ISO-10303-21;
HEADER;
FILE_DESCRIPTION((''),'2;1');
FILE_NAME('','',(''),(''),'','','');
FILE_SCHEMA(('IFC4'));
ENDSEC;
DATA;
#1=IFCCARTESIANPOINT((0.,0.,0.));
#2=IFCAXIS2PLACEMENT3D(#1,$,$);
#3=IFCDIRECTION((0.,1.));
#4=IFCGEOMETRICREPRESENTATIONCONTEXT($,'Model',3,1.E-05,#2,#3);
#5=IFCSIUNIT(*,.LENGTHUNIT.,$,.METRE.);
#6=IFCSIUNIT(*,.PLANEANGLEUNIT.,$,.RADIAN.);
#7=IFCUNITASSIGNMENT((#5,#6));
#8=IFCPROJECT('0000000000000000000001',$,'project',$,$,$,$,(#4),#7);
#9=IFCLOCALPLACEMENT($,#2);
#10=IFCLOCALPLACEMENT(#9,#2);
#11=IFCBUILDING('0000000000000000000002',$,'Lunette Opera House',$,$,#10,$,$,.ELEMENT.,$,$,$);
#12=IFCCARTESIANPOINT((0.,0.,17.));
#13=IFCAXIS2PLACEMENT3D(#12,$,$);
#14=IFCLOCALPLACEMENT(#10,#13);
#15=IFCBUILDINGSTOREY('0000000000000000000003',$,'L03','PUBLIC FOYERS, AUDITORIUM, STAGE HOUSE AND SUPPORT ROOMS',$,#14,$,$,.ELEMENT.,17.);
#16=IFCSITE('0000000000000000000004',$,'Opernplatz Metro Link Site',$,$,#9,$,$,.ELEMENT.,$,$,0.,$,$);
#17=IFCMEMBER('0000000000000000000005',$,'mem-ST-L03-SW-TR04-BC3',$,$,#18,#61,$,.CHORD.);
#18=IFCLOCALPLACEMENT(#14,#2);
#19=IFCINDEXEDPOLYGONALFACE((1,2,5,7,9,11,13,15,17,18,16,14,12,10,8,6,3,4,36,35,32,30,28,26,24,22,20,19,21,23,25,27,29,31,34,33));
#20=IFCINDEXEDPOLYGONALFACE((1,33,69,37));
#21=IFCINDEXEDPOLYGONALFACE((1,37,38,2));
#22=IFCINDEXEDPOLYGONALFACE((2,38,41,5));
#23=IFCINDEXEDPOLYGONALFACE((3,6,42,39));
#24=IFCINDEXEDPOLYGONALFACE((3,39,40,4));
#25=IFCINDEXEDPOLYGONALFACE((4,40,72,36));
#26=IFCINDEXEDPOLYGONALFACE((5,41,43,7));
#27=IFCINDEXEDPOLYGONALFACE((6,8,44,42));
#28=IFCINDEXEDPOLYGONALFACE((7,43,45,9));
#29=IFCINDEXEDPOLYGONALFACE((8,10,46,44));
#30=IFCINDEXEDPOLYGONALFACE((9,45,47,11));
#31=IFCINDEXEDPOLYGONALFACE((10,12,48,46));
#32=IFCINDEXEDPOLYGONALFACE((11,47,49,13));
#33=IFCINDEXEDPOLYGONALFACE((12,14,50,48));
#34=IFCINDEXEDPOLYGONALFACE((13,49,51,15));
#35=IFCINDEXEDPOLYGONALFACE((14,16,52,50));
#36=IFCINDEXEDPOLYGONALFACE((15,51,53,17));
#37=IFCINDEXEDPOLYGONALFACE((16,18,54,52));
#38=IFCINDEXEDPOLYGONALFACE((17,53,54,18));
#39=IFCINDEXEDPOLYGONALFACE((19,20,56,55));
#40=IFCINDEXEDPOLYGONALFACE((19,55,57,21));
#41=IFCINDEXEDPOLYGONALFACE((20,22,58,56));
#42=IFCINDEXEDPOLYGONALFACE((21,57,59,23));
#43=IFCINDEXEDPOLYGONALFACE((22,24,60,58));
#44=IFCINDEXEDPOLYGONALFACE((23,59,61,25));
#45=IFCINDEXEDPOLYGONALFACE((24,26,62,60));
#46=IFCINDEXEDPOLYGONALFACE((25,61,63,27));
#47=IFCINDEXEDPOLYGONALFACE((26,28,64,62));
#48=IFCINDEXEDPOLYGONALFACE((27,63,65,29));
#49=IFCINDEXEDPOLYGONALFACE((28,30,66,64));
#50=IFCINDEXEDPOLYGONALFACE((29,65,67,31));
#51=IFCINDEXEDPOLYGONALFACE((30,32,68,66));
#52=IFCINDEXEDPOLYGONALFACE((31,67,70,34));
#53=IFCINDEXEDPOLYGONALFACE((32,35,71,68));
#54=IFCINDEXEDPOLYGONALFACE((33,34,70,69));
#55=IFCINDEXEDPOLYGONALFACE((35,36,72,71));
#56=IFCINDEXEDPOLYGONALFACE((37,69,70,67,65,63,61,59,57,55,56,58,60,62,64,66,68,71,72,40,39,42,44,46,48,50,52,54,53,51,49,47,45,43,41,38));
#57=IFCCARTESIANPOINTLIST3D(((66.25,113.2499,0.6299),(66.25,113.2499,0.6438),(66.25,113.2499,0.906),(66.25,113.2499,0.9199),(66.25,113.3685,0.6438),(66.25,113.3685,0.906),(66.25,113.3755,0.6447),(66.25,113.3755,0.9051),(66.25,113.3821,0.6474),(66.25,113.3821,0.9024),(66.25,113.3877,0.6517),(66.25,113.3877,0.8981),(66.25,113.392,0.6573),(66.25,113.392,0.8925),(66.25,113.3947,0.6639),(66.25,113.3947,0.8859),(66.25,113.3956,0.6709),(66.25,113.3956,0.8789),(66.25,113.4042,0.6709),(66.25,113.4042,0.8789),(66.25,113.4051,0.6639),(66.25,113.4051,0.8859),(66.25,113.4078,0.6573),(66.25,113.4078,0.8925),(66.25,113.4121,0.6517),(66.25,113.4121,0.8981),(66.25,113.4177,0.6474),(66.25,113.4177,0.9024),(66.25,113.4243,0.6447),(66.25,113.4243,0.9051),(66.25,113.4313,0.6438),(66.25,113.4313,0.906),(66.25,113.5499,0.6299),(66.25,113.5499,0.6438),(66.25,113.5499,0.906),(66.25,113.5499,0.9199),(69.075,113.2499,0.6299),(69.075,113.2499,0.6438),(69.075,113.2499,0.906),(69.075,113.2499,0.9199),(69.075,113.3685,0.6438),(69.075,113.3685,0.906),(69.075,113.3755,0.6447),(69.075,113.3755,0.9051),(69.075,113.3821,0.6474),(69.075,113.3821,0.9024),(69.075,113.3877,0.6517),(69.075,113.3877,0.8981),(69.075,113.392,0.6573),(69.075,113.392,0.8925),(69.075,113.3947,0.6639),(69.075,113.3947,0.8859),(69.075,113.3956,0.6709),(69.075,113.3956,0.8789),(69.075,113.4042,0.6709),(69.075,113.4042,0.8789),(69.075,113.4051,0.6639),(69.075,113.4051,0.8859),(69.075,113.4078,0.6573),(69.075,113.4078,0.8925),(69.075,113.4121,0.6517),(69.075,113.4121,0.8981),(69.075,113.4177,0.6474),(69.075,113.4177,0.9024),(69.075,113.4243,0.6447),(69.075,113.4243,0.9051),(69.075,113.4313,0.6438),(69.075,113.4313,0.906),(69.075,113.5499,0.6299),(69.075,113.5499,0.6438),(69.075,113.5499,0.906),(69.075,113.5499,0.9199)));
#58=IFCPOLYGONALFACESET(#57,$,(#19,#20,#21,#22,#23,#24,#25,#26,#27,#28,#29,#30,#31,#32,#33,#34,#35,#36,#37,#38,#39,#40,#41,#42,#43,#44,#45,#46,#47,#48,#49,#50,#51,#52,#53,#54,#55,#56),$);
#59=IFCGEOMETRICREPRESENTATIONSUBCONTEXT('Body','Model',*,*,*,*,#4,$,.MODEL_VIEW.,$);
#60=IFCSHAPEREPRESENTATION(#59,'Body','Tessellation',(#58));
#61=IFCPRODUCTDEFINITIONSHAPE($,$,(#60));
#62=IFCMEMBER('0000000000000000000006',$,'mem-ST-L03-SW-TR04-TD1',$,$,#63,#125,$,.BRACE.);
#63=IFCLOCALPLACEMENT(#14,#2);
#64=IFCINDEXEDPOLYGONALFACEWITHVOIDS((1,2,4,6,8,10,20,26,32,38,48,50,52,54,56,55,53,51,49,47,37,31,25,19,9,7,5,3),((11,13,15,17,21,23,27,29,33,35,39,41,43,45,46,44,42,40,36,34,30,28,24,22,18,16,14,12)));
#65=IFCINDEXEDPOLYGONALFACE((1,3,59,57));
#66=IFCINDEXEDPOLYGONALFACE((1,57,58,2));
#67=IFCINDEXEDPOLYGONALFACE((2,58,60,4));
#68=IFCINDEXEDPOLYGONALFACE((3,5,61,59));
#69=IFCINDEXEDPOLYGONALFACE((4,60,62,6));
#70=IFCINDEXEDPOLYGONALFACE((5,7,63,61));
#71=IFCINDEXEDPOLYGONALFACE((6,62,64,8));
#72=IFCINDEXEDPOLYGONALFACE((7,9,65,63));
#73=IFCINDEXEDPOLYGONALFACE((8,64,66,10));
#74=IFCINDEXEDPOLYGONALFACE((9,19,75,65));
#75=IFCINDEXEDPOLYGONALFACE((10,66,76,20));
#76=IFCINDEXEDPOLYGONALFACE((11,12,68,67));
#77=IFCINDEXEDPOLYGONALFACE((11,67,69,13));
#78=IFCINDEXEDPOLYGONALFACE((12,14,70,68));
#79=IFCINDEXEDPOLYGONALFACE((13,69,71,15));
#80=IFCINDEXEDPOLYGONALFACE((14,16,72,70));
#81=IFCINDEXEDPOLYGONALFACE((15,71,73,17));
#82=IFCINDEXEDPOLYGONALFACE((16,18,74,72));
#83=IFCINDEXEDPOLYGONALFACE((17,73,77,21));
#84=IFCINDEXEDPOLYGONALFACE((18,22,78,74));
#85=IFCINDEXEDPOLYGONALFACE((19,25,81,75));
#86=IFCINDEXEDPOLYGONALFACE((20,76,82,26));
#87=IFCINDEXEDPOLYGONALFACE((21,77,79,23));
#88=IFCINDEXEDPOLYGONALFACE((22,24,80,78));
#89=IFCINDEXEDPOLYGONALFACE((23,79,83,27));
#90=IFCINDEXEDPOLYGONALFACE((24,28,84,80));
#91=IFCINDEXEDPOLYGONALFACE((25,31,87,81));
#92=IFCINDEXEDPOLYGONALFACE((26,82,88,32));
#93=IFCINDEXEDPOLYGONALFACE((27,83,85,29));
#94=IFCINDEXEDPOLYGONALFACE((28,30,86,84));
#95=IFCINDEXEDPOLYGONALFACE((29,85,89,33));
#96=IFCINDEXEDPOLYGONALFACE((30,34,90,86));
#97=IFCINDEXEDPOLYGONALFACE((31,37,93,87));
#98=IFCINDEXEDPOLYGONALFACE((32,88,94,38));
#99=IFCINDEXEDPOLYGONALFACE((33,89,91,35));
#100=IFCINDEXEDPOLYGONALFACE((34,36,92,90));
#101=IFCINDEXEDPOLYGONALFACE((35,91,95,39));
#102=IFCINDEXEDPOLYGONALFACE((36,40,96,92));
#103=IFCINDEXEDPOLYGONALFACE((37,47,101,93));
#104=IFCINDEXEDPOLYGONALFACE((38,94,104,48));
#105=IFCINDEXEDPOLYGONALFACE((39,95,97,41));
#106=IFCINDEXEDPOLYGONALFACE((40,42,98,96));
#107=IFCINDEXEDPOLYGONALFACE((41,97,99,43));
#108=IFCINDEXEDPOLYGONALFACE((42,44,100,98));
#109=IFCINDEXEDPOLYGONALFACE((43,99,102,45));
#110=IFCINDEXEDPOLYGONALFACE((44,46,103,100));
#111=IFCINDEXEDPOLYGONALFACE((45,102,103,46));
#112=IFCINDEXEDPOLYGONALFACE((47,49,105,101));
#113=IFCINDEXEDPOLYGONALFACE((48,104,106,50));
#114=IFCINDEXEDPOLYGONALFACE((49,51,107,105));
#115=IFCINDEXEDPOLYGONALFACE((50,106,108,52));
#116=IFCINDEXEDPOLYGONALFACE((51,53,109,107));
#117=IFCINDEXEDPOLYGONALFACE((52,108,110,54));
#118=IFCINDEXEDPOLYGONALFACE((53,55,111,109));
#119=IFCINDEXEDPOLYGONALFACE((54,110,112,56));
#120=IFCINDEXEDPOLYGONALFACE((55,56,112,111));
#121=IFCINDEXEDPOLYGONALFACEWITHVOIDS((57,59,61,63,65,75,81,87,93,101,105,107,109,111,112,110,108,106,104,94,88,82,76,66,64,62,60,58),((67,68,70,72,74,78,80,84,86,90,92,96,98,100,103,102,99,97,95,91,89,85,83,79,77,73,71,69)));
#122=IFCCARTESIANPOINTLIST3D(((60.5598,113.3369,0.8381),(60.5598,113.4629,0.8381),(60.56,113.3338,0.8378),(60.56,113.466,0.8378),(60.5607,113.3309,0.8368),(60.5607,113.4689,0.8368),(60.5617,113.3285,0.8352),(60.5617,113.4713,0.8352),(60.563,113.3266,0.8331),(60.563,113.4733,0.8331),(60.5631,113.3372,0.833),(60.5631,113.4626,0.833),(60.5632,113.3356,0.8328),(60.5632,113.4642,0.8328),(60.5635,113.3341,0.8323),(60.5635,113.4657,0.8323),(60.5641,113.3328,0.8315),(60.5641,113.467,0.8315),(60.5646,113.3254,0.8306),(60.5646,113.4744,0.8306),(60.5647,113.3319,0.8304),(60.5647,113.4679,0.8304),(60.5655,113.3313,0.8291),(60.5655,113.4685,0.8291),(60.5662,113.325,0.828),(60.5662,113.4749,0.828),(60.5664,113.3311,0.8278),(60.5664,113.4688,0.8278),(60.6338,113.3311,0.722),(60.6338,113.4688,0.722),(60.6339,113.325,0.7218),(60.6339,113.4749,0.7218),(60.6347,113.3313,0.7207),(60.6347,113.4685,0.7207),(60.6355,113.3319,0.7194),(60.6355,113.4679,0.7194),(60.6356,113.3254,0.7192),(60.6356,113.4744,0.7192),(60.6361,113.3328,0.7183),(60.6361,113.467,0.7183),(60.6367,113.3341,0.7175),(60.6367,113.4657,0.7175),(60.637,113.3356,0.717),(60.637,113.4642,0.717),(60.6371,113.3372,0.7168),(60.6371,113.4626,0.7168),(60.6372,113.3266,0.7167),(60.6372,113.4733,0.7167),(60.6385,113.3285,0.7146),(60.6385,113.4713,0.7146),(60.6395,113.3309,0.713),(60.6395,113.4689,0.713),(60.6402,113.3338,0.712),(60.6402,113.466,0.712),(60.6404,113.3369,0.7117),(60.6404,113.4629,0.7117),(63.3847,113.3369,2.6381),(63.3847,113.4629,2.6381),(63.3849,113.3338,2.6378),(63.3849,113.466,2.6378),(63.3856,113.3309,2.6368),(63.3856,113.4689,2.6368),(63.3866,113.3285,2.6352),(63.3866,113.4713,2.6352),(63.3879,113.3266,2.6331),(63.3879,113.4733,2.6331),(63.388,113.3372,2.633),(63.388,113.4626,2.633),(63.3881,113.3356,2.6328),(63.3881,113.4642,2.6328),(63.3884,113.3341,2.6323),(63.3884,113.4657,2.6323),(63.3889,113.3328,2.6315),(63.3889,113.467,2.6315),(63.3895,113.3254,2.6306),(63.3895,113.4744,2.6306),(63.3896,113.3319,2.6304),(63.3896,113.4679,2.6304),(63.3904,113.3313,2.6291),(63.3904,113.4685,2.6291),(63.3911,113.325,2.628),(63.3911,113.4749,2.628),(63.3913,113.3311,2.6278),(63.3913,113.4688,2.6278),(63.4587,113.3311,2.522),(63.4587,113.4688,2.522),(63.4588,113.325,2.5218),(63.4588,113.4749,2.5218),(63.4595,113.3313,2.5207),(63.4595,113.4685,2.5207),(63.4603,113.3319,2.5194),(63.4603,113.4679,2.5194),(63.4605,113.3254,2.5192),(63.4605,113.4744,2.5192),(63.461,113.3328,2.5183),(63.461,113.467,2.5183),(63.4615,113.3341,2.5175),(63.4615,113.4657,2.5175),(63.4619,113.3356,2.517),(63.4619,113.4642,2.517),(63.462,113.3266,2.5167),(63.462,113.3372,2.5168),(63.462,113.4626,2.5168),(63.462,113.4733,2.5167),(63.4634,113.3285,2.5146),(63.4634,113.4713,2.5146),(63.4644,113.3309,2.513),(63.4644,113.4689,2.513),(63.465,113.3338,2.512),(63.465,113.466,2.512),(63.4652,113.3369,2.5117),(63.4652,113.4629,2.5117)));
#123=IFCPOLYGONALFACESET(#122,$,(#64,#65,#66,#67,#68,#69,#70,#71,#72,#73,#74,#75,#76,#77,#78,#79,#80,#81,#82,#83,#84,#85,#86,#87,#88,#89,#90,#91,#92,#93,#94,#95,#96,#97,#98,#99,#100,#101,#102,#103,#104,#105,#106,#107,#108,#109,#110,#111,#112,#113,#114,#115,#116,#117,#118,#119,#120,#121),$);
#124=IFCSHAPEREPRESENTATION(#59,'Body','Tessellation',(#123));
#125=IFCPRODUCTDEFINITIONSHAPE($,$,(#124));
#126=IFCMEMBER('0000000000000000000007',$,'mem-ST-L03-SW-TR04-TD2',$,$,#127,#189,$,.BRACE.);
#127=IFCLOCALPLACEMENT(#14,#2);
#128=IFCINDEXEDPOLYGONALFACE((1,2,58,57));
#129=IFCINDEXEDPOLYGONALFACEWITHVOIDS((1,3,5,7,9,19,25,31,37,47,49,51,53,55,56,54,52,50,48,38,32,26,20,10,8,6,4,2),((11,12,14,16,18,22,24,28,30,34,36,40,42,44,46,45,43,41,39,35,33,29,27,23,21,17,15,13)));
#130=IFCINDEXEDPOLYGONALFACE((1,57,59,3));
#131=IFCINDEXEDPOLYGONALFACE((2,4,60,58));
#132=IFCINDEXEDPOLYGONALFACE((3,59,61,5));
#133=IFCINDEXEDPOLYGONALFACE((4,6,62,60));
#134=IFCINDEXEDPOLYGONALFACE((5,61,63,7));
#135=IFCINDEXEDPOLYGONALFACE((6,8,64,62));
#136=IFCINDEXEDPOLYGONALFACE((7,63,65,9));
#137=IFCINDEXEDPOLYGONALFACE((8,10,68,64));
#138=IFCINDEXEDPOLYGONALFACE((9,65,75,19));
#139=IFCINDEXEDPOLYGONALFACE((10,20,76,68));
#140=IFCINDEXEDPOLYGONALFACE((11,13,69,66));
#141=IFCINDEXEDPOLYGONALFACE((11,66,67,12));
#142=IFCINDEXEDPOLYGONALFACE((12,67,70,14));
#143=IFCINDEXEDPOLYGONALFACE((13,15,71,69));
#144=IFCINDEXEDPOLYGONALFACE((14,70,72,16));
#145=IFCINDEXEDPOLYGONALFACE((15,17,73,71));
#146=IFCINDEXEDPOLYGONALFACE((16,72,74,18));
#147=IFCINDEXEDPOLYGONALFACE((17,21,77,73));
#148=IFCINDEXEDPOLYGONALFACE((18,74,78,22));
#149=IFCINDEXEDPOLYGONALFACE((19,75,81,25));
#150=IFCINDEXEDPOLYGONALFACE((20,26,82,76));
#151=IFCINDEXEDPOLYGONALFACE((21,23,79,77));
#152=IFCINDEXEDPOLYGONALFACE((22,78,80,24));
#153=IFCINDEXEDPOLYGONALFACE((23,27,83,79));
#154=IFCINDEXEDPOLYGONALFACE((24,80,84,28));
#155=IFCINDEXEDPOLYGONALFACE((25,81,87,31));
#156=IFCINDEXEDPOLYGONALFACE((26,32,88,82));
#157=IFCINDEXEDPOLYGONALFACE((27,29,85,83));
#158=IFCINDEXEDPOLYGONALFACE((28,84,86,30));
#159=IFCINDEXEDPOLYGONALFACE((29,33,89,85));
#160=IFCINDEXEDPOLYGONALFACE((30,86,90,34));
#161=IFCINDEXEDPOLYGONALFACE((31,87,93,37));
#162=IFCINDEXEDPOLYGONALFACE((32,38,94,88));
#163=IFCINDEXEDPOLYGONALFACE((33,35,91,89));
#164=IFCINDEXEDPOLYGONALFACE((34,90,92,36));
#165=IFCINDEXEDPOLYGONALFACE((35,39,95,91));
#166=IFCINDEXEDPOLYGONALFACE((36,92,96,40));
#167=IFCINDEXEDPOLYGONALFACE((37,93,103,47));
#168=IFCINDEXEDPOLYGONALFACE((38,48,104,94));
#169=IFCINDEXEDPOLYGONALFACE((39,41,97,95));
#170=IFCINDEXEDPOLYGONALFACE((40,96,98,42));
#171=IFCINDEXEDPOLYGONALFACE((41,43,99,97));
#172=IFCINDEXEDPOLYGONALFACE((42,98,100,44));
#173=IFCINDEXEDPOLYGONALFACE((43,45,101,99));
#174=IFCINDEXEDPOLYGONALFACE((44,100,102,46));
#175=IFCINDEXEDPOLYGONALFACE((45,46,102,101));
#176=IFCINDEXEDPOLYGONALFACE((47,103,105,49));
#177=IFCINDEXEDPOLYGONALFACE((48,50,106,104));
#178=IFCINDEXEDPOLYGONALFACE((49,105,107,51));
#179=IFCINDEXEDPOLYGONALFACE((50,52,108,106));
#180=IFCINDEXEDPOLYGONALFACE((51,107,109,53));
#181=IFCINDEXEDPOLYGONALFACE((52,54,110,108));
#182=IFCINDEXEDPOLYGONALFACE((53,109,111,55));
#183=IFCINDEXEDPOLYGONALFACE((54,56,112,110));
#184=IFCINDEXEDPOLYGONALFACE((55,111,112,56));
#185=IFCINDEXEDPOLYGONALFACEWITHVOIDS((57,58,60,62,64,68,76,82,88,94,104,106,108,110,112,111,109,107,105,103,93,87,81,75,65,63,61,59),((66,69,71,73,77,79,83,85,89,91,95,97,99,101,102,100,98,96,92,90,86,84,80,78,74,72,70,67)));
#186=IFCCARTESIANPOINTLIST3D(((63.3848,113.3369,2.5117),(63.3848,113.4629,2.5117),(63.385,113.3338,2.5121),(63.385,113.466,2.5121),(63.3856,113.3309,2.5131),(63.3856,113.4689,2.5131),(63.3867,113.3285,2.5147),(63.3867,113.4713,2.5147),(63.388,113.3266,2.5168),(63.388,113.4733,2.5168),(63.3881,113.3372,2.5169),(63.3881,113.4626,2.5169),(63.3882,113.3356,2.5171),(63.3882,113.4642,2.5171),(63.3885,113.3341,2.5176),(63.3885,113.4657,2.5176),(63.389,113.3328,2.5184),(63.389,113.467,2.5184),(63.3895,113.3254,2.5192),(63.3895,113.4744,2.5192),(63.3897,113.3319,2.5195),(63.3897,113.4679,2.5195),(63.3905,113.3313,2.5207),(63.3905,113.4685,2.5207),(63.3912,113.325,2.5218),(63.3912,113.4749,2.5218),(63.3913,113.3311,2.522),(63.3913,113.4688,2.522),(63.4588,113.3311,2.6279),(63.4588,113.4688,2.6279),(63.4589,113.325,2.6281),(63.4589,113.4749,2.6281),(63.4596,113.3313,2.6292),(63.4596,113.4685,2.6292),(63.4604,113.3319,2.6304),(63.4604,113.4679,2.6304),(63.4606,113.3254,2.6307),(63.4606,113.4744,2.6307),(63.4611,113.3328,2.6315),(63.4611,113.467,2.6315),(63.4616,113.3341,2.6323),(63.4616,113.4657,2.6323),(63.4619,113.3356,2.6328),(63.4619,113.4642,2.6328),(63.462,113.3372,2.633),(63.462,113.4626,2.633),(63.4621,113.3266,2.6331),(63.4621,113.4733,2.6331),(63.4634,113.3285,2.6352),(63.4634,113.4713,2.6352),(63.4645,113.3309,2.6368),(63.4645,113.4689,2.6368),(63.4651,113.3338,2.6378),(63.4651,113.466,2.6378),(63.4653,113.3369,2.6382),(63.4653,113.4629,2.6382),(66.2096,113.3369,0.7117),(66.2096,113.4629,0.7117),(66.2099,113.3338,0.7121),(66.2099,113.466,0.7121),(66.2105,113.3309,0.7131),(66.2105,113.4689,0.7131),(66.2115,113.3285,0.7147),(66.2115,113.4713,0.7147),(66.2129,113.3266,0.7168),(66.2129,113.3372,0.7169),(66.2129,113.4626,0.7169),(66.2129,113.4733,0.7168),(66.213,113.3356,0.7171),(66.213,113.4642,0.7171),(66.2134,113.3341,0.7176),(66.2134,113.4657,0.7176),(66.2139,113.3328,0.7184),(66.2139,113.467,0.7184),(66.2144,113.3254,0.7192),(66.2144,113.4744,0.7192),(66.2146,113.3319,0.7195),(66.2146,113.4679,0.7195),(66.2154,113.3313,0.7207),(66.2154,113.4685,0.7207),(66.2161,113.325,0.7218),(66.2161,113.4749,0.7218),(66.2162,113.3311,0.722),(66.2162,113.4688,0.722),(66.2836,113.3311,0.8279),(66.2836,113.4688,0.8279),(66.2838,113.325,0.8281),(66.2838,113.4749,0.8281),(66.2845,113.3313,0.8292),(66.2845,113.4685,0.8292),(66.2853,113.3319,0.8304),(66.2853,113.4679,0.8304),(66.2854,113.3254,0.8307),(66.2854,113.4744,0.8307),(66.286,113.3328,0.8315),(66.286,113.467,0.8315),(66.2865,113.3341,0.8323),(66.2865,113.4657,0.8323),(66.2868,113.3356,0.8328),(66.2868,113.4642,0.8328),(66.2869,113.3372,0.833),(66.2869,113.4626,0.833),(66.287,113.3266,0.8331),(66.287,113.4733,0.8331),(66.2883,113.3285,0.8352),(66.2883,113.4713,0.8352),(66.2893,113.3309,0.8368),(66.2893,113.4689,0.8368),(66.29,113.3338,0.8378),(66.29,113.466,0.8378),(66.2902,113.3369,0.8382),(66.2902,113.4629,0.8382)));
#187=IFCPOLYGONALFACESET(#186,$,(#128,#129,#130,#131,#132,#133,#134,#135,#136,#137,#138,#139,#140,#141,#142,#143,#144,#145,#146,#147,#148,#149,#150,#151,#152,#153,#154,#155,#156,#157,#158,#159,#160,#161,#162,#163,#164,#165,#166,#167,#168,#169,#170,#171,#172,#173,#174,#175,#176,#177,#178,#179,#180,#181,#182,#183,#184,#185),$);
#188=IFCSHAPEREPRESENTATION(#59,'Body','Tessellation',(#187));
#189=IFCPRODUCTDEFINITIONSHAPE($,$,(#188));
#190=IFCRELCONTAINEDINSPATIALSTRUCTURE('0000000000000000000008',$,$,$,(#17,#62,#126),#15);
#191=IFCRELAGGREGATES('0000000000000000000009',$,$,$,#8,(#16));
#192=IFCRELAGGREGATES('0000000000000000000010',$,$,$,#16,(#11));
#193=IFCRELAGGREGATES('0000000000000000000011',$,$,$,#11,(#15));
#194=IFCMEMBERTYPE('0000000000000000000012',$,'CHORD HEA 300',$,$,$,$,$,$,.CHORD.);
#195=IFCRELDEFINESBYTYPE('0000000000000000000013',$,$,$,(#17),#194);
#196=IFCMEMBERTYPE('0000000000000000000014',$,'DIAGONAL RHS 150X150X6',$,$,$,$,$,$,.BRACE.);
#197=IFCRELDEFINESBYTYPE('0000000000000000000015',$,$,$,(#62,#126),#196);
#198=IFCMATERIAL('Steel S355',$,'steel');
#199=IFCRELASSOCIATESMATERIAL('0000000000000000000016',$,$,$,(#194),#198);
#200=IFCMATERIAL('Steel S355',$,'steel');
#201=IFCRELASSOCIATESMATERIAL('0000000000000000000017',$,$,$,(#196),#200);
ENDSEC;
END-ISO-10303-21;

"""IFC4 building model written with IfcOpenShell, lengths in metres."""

from ifc_helpers import new_model, si_unit, direction, frame, origin, origin_2d, place, context, subcontext, project, spatial, hollow_rectangle, i_section, extrude, material, material_profile, profile_set, type_object, element, save


model = new_model("IFC4")

# Units and contexts
model_context = context("Model", 3, precision=1e-05, world=origin(), true_north=direction((0.0, 1.0)))
body_context = subcontext(model_context, "Body", "Model", "MODEL_VIEW")
ifc_project = project(units=[si_unit("LENGTHUNIT", "METRE"), si_unit("PLANEANGLEUNIT", "RADIAN")], contexts=[model_context])

# Site, building, storey
site_placement = place(None, origin())
site = spatial("IfcSite", under=ifc_project, at=site_placement, Name="Opernplatz Metro Link Site", CompositionType="ELEMENT", RefElevation=0.0)
building_placement = place(site_placement, origin())
building = spatial("IfcBuilding", under=site, at=building_placement, Name="Lunette Opera House", CompositionType="ELEMENT")
storey_placement = place(building_placement, frame((0.0, 0.0, 17.0)))
storey = spatial("IfcBuildingStorey", under=building, at=storey_placement, Name="L03", Description="PUBLIC FOYERS, AUDITORIUM, STAGE HOUSE AND SUPPORT ROOMS", CompositionType="ELEMENT", Elevation=17.0)

# Members
ifc_material_1 = material(Name="Steel S355", Category="steel")
ifc_material_profile_1 = material_profile(ifc_material_1, i_section(OverallWidth=0.3, OverallDepth=0.29, WebThickness=0.0085, FlangeThickness=0.0139, FilletRadius=0.0271, at=origin_2d()), Name="HEA 300")
ifc_profile_set_1 = profile_set([ifc_material_profile_1], Name="Steel S355")
member_type_1 = type_object("IfcMemberType", Name="CHORD HEA 300", PredefinedType="CHORD", material=ifc_profile_set_1)
for number, where, z_axis, x_axis, name in (
    (1, (66.25, 113.3999, 0.7749), (1.0, 0.0, 0.0), (0.0, 1.0, 0.0), "mem-ST-L03-SW-TR04-BC3"),
):
    element("IfcMember", number, at=place(storey_placement, frame(where, z_axis=z_axis, x_axis=x_axis)), inside=storey, type_object=member_type_1, Name=name, PredefinedType="CHORD", context=body_context, shape_type="SweptSolid", body=[
        extrude(i_section(OverallWidth=0.3, OverallDepth=0.29, WebThickness=0.0085, FlangeThickness=0.0139, FilletRadius=0.0271, at=origin_2d()), origin(), (0.0, 0.0, 1.0), 2.825),
    ])
ifc_material_2 = material(Name="Steel S355", Category="steel")
ifc_material_profile_2 = material_profile(ifc_material_2, hollow_rectangle(XDim=0.1499, YDim=0.1499, WallThickness=0.0061, InnerFilletRadius=0.0061, OuterFilletRadius=0.012, at=origin_2d()), Name="RHS 150X150X6")
ifc_profile_set_2 = profile_set([ifc_material_profile_2], Name="Steel S355")
member_type_2 = type_object("IfcMemberType", Name="DIAGONAL RHS 150X150X6", PredefinedType="BRACE", material=ifc_profile_set_2)
for number, where, z_axis, x_axis, name in (
    (2, (60.6001, 113.3999, 0.7749), (0.843343, 0.0, 0.537375), (0.0, 1.0, 0.0), "mem-ST-L03-SW-TR04-TD1"),
    (3, (63.425, 113.3999, 2.575), (0.843343, 0.0, -0.537375), (0.0, 1.0, 0.0), "mem-ST-L03-SW-TR04-TD2"),
):
    element("IfcMember", number, at=place(storey_placement, frame(where, z_axis=z_axis, x_axis=x_axis)), inside=storey, type_object=member_type_2, Name=name, PredefinedType="BRACE", context=body_context, shape_type="SweptSolid", body=[
        extrude(hollow_rectangle(XDim=0.1499, YDim=0.1499, WallThickness=0.0061, InnerFilletRadius=0.0061, OuterFilletRadius=0.012, at=origin_2d()), origin(), (0.0, 0.0, 1.0), 3.3496),
    ])

save(model, "model.ifc")
